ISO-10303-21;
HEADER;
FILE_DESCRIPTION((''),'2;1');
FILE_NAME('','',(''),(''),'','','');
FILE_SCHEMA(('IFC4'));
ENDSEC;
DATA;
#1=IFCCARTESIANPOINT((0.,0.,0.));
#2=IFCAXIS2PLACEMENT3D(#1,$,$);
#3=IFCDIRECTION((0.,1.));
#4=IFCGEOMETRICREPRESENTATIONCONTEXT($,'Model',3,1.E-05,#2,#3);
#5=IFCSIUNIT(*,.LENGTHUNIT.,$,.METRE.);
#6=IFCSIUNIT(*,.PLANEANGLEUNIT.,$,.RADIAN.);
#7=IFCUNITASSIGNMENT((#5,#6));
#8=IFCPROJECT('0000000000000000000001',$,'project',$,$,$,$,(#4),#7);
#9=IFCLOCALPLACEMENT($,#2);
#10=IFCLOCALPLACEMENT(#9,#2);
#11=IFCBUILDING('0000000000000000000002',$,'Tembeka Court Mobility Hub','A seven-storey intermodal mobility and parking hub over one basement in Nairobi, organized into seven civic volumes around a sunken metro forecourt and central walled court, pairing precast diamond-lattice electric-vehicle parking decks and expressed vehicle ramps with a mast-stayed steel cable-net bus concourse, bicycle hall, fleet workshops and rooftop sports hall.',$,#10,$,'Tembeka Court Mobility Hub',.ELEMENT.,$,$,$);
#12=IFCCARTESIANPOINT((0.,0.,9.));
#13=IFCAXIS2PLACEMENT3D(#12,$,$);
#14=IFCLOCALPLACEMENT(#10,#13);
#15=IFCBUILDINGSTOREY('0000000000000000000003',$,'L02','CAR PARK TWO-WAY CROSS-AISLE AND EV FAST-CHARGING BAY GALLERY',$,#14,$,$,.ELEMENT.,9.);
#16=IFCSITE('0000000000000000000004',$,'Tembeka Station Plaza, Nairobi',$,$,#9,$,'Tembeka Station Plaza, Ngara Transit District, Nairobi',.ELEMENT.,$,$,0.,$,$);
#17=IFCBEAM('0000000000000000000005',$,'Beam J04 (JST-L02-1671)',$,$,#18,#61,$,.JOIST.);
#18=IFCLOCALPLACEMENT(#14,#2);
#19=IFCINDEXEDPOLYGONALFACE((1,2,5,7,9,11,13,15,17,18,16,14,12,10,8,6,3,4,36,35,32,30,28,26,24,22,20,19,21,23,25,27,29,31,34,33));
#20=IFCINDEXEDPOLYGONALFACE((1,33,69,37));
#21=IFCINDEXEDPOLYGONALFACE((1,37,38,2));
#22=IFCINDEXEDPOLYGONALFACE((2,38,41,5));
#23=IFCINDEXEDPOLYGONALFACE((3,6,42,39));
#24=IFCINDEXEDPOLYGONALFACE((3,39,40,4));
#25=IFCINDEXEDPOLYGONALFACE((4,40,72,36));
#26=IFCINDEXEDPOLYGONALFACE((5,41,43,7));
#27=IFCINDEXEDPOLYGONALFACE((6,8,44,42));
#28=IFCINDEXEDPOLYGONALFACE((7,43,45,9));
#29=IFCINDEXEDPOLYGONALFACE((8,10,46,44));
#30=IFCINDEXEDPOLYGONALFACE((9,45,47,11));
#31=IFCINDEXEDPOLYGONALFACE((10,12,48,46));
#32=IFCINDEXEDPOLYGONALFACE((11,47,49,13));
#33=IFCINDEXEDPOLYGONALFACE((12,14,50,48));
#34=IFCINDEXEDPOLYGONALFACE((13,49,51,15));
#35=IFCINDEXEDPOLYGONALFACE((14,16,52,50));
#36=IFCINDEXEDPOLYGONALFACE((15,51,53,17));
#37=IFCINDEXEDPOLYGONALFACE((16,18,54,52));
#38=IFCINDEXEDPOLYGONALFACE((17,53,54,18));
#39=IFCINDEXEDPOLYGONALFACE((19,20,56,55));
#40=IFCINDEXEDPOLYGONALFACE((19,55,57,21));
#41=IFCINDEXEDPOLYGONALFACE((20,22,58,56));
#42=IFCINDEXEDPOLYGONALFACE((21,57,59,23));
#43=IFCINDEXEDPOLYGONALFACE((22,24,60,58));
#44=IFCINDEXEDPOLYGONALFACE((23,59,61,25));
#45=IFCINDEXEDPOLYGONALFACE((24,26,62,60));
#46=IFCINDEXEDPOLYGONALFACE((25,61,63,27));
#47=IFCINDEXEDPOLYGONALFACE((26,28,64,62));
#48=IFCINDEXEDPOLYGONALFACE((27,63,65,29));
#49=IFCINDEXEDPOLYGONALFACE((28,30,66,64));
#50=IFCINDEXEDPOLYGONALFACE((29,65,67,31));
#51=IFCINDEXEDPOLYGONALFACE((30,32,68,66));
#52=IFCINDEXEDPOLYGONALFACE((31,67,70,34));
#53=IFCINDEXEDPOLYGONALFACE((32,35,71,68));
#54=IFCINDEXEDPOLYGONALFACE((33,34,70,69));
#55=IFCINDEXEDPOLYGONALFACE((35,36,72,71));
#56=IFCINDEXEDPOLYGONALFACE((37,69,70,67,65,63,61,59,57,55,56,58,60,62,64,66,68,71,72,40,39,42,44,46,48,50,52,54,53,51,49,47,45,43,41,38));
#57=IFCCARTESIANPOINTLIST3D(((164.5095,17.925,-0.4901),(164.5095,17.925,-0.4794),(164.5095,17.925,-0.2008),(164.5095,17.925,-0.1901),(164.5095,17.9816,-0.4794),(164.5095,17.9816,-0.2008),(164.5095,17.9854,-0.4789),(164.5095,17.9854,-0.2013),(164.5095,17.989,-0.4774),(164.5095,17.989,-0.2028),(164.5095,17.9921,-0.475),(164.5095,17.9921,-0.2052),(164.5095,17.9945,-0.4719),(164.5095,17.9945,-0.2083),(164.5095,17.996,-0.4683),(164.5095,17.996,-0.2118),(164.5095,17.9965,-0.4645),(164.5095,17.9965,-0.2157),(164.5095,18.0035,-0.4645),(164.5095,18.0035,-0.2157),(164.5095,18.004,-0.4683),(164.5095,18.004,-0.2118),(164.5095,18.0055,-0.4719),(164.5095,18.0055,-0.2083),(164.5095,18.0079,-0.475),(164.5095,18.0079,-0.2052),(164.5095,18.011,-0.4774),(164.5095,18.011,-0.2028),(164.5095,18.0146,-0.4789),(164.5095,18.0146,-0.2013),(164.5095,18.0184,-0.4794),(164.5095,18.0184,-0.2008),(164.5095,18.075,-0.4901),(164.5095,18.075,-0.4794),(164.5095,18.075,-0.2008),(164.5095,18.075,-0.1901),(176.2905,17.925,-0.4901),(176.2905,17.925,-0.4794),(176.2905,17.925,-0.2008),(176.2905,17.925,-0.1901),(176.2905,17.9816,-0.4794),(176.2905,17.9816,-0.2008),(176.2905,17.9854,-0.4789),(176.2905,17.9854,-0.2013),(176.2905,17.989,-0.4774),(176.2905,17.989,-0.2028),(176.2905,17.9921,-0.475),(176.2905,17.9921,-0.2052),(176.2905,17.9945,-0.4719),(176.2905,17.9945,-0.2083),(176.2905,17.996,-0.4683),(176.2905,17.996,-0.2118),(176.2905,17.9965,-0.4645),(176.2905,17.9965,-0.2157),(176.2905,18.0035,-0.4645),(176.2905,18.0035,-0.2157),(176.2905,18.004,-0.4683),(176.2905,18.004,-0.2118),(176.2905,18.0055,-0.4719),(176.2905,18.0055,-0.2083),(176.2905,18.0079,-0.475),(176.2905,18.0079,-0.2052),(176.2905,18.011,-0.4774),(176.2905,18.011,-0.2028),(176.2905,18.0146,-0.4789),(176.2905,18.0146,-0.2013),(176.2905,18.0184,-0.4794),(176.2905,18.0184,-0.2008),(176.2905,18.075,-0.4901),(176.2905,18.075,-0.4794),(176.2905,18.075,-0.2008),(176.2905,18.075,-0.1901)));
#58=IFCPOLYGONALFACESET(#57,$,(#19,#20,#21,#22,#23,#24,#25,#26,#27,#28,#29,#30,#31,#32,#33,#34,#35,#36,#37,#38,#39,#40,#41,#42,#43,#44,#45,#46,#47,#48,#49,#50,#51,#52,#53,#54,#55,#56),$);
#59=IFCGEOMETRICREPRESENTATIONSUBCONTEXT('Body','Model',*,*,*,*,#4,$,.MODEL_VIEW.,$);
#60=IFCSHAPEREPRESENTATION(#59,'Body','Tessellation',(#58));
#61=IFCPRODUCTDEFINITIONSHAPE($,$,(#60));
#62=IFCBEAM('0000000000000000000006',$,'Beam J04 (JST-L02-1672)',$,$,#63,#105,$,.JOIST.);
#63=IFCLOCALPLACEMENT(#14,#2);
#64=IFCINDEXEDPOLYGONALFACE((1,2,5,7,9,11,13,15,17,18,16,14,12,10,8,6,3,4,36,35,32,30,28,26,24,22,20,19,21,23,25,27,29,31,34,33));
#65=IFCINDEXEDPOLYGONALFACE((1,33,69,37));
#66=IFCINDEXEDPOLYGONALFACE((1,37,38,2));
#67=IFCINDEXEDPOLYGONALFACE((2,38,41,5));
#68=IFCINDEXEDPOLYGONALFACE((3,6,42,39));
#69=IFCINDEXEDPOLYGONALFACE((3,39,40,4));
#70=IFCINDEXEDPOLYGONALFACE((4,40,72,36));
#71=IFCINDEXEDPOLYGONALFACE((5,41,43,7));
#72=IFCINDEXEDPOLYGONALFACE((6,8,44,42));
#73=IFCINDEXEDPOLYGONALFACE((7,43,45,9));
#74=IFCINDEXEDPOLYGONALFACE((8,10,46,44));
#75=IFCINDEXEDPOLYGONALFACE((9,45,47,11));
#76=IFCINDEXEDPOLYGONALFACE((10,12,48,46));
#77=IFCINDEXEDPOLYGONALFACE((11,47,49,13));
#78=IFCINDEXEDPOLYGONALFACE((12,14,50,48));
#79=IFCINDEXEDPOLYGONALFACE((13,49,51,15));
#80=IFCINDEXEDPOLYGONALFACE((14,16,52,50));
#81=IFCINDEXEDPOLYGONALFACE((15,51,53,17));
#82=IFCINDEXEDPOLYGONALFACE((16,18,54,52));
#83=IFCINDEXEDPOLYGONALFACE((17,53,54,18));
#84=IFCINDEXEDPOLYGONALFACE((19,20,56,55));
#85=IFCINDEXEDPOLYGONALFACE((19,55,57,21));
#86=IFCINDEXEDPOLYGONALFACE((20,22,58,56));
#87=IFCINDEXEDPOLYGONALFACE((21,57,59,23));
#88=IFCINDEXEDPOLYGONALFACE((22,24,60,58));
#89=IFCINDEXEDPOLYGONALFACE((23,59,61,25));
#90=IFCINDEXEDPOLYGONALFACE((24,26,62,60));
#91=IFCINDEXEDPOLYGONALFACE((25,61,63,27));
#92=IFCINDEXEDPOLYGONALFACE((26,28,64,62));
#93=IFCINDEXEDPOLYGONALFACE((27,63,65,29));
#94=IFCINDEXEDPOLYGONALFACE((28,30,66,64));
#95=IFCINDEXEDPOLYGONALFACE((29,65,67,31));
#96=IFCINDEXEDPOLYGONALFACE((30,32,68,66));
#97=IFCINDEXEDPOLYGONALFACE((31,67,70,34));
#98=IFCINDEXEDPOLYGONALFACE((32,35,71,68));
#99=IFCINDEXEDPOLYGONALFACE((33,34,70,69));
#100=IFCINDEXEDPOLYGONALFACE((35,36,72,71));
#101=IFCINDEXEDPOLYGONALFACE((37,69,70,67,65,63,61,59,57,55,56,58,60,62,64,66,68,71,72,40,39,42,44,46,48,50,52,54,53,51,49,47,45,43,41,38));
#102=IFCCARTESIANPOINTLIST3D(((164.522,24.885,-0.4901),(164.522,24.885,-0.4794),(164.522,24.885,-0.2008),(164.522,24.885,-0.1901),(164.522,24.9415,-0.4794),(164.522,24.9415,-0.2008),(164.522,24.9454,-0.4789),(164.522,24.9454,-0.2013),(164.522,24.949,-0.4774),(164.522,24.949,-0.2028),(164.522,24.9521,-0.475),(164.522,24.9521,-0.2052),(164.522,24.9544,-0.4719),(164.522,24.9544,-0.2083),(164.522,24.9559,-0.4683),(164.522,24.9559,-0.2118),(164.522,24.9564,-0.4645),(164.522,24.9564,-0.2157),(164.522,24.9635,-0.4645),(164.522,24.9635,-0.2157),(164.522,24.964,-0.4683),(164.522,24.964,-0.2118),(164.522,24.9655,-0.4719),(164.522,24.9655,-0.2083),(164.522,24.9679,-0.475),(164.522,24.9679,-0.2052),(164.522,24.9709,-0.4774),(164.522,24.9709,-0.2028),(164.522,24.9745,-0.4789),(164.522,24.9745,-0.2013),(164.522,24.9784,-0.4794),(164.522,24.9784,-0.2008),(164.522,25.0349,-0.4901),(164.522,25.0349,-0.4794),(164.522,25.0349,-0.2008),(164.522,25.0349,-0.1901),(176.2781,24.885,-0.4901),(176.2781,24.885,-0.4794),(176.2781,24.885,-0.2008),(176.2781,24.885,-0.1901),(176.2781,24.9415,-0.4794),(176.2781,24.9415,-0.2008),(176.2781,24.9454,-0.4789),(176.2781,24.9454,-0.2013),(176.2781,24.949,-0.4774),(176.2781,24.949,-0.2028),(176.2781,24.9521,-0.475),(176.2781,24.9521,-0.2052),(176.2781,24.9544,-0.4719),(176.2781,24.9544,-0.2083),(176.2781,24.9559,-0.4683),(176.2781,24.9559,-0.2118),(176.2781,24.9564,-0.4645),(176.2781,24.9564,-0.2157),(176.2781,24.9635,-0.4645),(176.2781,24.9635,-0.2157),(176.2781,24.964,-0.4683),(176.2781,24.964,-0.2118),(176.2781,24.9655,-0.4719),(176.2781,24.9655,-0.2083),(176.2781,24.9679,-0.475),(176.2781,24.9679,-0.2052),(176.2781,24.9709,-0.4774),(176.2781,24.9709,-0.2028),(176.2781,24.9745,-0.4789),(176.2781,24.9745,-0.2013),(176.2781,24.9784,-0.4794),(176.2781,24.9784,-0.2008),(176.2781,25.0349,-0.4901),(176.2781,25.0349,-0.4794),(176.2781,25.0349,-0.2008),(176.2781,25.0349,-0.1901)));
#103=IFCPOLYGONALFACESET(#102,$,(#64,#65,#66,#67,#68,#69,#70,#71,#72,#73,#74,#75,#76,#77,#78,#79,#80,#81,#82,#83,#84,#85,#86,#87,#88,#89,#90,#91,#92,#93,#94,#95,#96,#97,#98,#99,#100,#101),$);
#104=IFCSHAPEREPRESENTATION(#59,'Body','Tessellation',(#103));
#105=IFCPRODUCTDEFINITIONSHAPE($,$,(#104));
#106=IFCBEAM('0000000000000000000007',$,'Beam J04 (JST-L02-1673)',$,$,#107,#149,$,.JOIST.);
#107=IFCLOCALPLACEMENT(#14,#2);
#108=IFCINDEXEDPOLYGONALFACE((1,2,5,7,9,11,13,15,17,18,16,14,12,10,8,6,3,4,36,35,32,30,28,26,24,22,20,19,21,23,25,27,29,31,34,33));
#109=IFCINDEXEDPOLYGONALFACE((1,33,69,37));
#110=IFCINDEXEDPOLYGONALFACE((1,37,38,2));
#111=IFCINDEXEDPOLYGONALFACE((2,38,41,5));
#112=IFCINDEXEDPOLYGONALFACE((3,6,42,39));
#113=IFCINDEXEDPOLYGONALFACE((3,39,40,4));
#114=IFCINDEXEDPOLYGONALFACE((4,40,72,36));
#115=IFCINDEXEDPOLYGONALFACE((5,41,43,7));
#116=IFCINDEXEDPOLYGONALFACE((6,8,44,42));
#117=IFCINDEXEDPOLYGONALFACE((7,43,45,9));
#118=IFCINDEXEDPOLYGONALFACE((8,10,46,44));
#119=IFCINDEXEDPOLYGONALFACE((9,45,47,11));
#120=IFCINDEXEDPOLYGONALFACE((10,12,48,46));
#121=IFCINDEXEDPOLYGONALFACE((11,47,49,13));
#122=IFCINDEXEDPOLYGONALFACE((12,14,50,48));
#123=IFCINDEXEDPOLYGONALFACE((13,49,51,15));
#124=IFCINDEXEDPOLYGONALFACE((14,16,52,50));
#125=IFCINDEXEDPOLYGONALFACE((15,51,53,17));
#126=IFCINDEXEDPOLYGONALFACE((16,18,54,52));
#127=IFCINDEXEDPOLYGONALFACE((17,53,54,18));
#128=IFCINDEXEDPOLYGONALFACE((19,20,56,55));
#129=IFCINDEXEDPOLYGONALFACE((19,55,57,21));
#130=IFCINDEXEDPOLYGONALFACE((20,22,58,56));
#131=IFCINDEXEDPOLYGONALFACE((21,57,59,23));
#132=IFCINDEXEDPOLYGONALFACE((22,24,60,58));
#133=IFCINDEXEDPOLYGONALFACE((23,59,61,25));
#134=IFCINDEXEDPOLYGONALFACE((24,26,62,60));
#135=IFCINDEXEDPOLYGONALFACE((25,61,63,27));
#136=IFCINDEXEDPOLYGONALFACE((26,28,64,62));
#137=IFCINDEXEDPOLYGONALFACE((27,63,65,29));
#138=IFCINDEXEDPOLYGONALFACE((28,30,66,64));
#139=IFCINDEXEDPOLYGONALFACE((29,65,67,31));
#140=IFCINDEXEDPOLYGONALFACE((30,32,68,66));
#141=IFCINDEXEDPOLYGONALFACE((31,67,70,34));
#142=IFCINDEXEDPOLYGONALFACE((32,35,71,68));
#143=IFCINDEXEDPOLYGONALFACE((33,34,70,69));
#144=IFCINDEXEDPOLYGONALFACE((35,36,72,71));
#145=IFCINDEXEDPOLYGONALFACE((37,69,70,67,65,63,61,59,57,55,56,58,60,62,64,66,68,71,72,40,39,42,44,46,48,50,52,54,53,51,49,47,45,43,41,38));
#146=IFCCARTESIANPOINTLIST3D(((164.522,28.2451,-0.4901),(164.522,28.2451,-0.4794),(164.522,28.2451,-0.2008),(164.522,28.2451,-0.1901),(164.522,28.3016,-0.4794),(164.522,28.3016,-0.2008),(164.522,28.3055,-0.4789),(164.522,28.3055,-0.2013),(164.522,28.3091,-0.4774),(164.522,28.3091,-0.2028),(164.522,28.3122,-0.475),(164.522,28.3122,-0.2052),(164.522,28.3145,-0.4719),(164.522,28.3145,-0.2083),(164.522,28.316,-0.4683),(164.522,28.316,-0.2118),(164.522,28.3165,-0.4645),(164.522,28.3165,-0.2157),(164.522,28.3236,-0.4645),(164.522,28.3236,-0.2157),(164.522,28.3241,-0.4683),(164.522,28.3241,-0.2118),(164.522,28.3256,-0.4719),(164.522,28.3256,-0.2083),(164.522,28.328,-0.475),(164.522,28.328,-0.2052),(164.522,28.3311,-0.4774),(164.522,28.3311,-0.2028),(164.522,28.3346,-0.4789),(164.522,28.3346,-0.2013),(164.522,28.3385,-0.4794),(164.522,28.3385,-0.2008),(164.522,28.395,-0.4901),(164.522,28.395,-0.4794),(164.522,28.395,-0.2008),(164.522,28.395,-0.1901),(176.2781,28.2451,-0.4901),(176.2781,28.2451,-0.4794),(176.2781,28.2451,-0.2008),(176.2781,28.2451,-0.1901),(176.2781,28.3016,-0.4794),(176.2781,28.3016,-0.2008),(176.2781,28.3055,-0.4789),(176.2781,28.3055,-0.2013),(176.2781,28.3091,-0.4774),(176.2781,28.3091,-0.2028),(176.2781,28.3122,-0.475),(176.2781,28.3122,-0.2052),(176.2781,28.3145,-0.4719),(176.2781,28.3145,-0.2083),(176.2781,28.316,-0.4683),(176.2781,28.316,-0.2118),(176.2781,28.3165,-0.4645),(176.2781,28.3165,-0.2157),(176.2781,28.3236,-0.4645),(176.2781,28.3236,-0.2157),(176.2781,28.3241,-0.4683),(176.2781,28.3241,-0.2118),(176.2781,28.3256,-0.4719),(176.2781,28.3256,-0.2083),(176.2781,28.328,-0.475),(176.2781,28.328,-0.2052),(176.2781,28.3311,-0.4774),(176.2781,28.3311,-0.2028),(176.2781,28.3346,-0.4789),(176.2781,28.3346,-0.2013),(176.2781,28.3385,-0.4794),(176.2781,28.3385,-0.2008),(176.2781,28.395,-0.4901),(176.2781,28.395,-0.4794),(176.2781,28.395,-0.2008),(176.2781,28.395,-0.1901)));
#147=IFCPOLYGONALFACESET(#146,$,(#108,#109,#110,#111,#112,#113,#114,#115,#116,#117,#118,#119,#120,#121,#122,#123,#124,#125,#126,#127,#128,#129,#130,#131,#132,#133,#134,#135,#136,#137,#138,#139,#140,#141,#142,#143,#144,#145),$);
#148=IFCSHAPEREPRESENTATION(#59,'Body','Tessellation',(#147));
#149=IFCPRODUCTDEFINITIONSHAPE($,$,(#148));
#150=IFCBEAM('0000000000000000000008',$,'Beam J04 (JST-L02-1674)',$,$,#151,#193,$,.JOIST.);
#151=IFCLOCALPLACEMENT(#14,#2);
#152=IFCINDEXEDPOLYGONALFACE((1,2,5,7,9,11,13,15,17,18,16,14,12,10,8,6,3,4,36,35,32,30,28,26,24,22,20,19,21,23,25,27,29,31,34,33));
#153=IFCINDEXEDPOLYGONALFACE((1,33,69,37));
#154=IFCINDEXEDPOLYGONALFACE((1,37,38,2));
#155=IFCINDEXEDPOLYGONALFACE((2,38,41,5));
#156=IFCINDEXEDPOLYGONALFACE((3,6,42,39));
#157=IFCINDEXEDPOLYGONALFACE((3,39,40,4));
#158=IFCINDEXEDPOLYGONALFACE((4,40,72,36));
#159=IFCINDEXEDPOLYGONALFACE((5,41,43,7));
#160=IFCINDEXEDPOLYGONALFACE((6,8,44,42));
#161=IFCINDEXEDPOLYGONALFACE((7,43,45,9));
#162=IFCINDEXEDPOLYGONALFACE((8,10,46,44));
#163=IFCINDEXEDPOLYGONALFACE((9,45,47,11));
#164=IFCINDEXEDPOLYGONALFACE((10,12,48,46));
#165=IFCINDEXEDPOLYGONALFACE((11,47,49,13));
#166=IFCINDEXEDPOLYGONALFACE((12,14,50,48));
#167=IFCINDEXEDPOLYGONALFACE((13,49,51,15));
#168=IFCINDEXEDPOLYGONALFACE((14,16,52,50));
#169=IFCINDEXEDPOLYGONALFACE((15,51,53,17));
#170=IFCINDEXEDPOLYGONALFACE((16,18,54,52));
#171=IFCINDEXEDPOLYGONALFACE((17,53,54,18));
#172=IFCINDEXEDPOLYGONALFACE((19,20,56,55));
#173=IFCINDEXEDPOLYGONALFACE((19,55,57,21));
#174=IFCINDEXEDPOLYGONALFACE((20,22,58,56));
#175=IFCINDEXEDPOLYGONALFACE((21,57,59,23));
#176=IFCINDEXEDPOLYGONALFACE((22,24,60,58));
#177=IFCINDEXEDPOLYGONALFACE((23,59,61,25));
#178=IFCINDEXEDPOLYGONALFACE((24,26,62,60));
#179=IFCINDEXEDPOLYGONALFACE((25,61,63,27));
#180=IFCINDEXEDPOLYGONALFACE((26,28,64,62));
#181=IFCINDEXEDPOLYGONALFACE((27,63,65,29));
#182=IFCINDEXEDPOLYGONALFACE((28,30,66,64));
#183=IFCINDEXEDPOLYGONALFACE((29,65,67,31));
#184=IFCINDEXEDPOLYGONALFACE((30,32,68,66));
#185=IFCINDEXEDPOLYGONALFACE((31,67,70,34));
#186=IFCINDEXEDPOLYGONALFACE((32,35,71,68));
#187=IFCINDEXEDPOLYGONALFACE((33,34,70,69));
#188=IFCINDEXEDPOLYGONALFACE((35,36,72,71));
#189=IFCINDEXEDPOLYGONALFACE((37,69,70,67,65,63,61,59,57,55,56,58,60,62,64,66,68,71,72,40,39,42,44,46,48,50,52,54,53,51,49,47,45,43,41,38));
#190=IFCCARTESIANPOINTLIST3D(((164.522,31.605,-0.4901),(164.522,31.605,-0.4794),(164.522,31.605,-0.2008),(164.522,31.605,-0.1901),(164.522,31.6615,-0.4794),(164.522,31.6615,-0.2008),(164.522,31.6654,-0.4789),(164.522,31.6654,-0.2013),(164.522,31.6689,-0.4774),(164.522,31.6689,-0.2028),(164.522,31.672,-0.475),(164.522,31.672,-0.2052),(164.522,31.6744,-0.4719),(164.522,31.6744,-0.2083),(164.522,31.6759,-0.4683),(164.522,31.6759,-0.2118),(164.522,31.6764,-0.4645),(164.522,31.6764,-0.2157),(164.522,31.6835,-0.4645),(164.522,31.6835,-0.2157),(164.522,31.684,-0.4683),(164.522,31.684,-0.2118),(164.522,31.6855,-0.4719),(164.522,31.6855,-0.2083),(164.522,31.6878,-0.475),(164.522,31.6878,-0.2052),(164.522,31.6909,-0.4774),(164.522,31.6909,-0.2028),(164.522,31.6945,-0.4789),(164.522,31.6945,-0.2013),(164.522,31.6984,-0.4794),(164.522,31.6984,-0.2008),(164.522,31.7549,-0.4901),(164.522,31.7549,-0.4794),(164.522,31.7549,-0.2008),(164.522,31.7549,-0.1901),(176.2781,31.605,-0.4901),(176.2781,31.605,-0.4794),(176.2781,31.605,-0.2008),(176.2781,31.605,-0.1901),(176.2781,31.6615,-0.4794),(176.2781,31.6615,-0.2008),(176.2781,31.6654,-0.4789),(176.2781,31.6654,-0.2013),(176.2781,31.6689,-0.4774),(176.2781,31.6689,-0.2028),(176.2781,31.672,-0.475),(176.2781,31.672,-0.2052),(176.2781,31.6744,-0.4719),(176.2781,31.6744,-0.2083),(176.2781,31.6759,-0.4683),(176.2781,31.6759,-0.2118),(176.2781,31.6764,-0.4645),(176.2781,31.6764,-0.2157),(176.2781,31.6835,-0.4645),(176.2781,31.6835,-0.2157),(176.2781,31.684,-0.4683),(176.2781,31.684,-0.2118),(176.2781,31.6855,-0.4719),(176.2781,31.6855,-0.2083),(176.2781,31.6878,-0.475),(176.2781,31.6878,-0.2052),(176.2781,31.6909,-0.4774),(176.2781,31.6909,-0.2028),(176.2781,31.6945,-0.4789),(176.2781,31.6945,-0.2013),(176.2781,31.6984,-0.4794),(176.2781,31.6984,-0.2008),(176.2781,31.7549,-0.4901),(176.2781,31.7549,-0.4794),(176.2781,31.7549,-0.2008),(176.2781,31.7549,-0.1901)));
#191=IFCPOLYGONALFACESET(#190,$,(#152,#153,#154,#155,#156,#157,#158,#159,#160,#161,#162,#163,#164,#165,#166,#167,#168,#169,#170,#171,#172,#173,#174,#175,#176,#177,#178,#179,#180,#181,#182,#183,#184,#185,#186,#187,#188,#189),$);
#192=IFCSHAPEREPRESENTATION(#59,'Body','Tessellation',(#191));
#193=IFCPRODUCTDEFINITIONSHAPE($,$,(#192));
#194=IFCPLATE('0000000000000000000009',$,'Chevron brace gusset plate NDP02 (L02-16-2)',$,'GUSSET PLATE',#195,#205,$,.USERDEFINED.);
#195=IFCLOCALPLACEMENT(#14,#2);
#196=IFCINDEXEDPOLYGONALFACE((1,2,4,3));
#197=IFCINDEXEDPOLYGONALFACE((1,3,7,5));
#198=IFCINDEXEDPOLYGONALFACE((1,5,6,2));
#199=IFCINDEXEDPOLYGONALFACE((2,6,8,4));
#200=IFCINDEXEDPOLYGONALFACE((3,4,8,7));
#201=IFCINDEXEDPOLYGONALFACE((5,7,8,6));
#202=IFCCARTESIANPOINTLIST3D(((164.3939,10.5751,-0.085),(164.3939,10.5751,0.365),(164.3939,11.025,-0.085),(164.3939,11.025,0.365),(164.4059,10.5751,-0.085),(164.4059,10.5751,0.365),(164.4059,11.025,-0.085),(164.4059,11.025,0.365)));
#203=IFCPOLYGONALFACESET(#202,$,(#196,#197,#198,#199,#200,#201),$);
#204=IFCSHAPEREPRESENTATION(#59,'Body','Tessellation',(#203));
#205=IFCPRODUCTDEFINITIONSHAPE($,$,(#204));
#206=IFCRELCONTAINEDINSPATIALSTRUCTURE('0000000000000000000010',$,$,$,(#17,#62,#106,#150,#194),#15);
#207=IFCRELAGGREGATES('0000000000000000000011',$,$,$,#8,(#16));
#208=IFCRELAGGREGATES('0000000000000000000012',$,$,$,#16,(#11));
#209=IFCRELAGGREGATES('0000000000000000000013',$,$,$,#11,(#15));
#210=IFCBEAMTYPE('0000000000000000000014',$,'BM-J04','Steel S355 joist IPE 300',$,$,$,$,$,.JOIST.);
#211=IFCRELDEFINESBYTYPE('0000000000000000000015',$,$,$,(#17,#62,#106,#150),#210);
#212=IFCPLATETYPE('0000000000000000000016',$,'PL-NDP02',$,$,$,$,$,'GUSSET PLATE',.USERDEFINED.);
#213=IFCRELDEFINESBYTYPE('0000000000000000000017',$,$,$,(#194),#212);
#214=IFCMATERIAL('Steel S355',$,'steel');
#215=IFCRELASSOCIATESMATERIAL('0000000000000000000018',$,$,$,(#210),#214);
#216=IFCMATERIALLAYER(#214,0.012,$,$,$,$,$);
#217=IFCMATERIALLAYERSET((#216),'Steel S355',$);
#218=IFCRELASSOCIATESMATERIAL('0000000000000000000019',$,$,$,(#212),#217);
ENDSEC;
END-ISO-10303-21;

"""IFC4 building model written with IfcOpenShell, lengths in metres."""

from ifc_helpers import new_model, si_unit, direction, frame, origin, origin_2d, place, context, subcontext, project, spatial, rectangle, i_section, extrude, material, layer, layer_set, material_profile, profile_set, type_object, element, save


model = new_model("IFC4")

# Units and contexts
model_context = context("Model", 3, precision=1e-05, world=origin(), true_north=direction((0.0, 1.0)))
body_context = subcontext(model_context, "Body", "Model", "MODEL_VIEW")
ifc_project = project(units=[si_unit("LENGTHUNIT", "METRE"), si_unit("PLANEANGLEUNIT", "RADIAN")], contexts=[model_context])

# Site, building, storey
site_placement = place(None, origin())
site = spatial("IfcSite", under=ifc_project, at=site_placement, Name="Tembeka Station Plaza, Nairobi", LongName="Tembeka Station Plaza, Ngara Transit District, Nairobi", CompositionType="ELEMENT", RefElevation=0.0)
building_placement = place(site_placement, origin())
building = spatial("IfcBuilding", under=site, at=building_placement, Name="Tembeka Court Mobility Hub", Description="A seven-storey intermodal mobility and parking hub over one basement in Nairobi, organized into seven civic volumes around a sunken metro forecourt and central walled court, pairing precast diamond-lattice electric-vehicle parking decks and expressed vehicle ramps with a mast-stayed steel cable-net bus concourse, bicycle hall, fleet workshops and rooftop sports hall.", LongName="Tembeka Court Mobility Hub", CompositionType="ELEMENT")
storey_placement = place(building_placement, frame((0.0, 0.0, 9.0)))
storey = spatial("IfcBuildingStorey", under=building, at=storey_placement, Name="L02", Description="CAR PARK TWO-WAY CROSS-AISLE AND EV FAST-CHARGING BAY GALLERY", CompositionType="ELEMENT", Elevation=9.0)

# Shared definitions
ifc_material_1 = material(Name="Steel S355", Category="steel")

# Beams
ifc_material_profile_1 = material_profile(ifc_material_1, i_section(OverallWidth=0.1499, OverallDepth=0.3, WebThickness=0.0071, FlangeThickness=0.0107, FilletRadius=0.0149, at=origin_2d()), Name="IPE 300")
ifc_profile_set_1 = profile_set([ifc_material_profile_1], Name="Steel S355")
beam_type_1 = type_object("IfcBeamType", Name="BM-J04", Description="Steel S355 joist IPE 300", PredefinedType="JOIST", material=ifc_profile_set_1)
for number, where, z_axis, x_axis, name in (
    (1, (164.5095, 18.0, -0.3401), (1.0, 0.0, 0.0), (0.0, 1.0, 0.0), "Beam J04 (JST-L02-1671)"),
):
    element("IfcBeam", number, at=place(storey_placement, frame(where, z_axis=z_axis, x_axis=x_axis)), inside=storey, type_object=beam_type_1, Name=name, PredefinedType="JOIST", context=body_context, shape_type="SweptSolid", body=[
        extrude(i_section(OverallWidth=0.1499, OverallDepth=0.3, WebThickness=0.0071, FlangeThickness=0.0107, FilletRadius=0.0149, at=origin_2d()), origin(), (0.0, 0.0, 1.0), 11.781),
    ])
for number, where, z_axis, x_axis, name in (
    (2, (164.522, 24.96, -0.3401), (1.0, 0.0, 0.0), (0.0, 1.0, 0.0), "Beam J04 (JST-L02-1672)"),
    (3, (164.522, 28.3201, -0.3401), (1.0, 0.0, 0.0), (0.0, 1.0, 0.0), "Beam J04 (JST-L02-1673)"),
    (4, (164.522, 31.6799, -0.3401), (1.0, 0.0, 0.0), (0.0, 1.0, 0.0), "Beam J04 (JST-L02-1674)"),
):
    element("IfcBeam", number, at=place(storey_placement, frame(where, z_axis=z_axis, x_axis=x_axis)), inside=storey, type_object=beam_type_1, Name=name, PredefinedType="JOIST", context=body_context, shape_type="SweptSolid", body=[
        extrude(i_section(OverallWidth=0.1499, OverallDepth=0.3, WebThickness=0.0071, FlangeThickness=0.0107, FilletRadius=0.0149, at=origin_2d()), origin(), (0.0, 0.0, 1.0), 11.7561),
    ])

# Plate
ifc_layer_1 = layer(ifc_material_1, 0.012)
ifc_layer_set_1 = layer_set([ifc_layer_1], Name="Steel S355")
plate_type = type_object("IfcPlateType", Name="PL-NDP02", ElementType="GUSSET PLATE", PredefinedType="USERDEFINED", material=ifc_layer_set_1)
plate_placement = place(storey_placement, frame((164.3999, 10.8, -0.085), z_axis=(0.0, 0.0, 1.0), x_axis=(1.0, 0.0, 0.0)))
element("IfcPlate", 5, at=plate_placement, inside=storey, type_object=plate_type, Name="Chevron brace gusset plate NDP02 (L02-16-2)", ObjectType="GUSSET PLATE", PredefinedType="USERDEFINED", context=body_context, shape_type="SweptSolid", body=[
    extrude(rectangle(XDim=0.012, YDim=0.45, at=origin_2d()), origin(), (0.0, 0.0, 1.0), 0.45),
])

save(model, "model.ifc")
